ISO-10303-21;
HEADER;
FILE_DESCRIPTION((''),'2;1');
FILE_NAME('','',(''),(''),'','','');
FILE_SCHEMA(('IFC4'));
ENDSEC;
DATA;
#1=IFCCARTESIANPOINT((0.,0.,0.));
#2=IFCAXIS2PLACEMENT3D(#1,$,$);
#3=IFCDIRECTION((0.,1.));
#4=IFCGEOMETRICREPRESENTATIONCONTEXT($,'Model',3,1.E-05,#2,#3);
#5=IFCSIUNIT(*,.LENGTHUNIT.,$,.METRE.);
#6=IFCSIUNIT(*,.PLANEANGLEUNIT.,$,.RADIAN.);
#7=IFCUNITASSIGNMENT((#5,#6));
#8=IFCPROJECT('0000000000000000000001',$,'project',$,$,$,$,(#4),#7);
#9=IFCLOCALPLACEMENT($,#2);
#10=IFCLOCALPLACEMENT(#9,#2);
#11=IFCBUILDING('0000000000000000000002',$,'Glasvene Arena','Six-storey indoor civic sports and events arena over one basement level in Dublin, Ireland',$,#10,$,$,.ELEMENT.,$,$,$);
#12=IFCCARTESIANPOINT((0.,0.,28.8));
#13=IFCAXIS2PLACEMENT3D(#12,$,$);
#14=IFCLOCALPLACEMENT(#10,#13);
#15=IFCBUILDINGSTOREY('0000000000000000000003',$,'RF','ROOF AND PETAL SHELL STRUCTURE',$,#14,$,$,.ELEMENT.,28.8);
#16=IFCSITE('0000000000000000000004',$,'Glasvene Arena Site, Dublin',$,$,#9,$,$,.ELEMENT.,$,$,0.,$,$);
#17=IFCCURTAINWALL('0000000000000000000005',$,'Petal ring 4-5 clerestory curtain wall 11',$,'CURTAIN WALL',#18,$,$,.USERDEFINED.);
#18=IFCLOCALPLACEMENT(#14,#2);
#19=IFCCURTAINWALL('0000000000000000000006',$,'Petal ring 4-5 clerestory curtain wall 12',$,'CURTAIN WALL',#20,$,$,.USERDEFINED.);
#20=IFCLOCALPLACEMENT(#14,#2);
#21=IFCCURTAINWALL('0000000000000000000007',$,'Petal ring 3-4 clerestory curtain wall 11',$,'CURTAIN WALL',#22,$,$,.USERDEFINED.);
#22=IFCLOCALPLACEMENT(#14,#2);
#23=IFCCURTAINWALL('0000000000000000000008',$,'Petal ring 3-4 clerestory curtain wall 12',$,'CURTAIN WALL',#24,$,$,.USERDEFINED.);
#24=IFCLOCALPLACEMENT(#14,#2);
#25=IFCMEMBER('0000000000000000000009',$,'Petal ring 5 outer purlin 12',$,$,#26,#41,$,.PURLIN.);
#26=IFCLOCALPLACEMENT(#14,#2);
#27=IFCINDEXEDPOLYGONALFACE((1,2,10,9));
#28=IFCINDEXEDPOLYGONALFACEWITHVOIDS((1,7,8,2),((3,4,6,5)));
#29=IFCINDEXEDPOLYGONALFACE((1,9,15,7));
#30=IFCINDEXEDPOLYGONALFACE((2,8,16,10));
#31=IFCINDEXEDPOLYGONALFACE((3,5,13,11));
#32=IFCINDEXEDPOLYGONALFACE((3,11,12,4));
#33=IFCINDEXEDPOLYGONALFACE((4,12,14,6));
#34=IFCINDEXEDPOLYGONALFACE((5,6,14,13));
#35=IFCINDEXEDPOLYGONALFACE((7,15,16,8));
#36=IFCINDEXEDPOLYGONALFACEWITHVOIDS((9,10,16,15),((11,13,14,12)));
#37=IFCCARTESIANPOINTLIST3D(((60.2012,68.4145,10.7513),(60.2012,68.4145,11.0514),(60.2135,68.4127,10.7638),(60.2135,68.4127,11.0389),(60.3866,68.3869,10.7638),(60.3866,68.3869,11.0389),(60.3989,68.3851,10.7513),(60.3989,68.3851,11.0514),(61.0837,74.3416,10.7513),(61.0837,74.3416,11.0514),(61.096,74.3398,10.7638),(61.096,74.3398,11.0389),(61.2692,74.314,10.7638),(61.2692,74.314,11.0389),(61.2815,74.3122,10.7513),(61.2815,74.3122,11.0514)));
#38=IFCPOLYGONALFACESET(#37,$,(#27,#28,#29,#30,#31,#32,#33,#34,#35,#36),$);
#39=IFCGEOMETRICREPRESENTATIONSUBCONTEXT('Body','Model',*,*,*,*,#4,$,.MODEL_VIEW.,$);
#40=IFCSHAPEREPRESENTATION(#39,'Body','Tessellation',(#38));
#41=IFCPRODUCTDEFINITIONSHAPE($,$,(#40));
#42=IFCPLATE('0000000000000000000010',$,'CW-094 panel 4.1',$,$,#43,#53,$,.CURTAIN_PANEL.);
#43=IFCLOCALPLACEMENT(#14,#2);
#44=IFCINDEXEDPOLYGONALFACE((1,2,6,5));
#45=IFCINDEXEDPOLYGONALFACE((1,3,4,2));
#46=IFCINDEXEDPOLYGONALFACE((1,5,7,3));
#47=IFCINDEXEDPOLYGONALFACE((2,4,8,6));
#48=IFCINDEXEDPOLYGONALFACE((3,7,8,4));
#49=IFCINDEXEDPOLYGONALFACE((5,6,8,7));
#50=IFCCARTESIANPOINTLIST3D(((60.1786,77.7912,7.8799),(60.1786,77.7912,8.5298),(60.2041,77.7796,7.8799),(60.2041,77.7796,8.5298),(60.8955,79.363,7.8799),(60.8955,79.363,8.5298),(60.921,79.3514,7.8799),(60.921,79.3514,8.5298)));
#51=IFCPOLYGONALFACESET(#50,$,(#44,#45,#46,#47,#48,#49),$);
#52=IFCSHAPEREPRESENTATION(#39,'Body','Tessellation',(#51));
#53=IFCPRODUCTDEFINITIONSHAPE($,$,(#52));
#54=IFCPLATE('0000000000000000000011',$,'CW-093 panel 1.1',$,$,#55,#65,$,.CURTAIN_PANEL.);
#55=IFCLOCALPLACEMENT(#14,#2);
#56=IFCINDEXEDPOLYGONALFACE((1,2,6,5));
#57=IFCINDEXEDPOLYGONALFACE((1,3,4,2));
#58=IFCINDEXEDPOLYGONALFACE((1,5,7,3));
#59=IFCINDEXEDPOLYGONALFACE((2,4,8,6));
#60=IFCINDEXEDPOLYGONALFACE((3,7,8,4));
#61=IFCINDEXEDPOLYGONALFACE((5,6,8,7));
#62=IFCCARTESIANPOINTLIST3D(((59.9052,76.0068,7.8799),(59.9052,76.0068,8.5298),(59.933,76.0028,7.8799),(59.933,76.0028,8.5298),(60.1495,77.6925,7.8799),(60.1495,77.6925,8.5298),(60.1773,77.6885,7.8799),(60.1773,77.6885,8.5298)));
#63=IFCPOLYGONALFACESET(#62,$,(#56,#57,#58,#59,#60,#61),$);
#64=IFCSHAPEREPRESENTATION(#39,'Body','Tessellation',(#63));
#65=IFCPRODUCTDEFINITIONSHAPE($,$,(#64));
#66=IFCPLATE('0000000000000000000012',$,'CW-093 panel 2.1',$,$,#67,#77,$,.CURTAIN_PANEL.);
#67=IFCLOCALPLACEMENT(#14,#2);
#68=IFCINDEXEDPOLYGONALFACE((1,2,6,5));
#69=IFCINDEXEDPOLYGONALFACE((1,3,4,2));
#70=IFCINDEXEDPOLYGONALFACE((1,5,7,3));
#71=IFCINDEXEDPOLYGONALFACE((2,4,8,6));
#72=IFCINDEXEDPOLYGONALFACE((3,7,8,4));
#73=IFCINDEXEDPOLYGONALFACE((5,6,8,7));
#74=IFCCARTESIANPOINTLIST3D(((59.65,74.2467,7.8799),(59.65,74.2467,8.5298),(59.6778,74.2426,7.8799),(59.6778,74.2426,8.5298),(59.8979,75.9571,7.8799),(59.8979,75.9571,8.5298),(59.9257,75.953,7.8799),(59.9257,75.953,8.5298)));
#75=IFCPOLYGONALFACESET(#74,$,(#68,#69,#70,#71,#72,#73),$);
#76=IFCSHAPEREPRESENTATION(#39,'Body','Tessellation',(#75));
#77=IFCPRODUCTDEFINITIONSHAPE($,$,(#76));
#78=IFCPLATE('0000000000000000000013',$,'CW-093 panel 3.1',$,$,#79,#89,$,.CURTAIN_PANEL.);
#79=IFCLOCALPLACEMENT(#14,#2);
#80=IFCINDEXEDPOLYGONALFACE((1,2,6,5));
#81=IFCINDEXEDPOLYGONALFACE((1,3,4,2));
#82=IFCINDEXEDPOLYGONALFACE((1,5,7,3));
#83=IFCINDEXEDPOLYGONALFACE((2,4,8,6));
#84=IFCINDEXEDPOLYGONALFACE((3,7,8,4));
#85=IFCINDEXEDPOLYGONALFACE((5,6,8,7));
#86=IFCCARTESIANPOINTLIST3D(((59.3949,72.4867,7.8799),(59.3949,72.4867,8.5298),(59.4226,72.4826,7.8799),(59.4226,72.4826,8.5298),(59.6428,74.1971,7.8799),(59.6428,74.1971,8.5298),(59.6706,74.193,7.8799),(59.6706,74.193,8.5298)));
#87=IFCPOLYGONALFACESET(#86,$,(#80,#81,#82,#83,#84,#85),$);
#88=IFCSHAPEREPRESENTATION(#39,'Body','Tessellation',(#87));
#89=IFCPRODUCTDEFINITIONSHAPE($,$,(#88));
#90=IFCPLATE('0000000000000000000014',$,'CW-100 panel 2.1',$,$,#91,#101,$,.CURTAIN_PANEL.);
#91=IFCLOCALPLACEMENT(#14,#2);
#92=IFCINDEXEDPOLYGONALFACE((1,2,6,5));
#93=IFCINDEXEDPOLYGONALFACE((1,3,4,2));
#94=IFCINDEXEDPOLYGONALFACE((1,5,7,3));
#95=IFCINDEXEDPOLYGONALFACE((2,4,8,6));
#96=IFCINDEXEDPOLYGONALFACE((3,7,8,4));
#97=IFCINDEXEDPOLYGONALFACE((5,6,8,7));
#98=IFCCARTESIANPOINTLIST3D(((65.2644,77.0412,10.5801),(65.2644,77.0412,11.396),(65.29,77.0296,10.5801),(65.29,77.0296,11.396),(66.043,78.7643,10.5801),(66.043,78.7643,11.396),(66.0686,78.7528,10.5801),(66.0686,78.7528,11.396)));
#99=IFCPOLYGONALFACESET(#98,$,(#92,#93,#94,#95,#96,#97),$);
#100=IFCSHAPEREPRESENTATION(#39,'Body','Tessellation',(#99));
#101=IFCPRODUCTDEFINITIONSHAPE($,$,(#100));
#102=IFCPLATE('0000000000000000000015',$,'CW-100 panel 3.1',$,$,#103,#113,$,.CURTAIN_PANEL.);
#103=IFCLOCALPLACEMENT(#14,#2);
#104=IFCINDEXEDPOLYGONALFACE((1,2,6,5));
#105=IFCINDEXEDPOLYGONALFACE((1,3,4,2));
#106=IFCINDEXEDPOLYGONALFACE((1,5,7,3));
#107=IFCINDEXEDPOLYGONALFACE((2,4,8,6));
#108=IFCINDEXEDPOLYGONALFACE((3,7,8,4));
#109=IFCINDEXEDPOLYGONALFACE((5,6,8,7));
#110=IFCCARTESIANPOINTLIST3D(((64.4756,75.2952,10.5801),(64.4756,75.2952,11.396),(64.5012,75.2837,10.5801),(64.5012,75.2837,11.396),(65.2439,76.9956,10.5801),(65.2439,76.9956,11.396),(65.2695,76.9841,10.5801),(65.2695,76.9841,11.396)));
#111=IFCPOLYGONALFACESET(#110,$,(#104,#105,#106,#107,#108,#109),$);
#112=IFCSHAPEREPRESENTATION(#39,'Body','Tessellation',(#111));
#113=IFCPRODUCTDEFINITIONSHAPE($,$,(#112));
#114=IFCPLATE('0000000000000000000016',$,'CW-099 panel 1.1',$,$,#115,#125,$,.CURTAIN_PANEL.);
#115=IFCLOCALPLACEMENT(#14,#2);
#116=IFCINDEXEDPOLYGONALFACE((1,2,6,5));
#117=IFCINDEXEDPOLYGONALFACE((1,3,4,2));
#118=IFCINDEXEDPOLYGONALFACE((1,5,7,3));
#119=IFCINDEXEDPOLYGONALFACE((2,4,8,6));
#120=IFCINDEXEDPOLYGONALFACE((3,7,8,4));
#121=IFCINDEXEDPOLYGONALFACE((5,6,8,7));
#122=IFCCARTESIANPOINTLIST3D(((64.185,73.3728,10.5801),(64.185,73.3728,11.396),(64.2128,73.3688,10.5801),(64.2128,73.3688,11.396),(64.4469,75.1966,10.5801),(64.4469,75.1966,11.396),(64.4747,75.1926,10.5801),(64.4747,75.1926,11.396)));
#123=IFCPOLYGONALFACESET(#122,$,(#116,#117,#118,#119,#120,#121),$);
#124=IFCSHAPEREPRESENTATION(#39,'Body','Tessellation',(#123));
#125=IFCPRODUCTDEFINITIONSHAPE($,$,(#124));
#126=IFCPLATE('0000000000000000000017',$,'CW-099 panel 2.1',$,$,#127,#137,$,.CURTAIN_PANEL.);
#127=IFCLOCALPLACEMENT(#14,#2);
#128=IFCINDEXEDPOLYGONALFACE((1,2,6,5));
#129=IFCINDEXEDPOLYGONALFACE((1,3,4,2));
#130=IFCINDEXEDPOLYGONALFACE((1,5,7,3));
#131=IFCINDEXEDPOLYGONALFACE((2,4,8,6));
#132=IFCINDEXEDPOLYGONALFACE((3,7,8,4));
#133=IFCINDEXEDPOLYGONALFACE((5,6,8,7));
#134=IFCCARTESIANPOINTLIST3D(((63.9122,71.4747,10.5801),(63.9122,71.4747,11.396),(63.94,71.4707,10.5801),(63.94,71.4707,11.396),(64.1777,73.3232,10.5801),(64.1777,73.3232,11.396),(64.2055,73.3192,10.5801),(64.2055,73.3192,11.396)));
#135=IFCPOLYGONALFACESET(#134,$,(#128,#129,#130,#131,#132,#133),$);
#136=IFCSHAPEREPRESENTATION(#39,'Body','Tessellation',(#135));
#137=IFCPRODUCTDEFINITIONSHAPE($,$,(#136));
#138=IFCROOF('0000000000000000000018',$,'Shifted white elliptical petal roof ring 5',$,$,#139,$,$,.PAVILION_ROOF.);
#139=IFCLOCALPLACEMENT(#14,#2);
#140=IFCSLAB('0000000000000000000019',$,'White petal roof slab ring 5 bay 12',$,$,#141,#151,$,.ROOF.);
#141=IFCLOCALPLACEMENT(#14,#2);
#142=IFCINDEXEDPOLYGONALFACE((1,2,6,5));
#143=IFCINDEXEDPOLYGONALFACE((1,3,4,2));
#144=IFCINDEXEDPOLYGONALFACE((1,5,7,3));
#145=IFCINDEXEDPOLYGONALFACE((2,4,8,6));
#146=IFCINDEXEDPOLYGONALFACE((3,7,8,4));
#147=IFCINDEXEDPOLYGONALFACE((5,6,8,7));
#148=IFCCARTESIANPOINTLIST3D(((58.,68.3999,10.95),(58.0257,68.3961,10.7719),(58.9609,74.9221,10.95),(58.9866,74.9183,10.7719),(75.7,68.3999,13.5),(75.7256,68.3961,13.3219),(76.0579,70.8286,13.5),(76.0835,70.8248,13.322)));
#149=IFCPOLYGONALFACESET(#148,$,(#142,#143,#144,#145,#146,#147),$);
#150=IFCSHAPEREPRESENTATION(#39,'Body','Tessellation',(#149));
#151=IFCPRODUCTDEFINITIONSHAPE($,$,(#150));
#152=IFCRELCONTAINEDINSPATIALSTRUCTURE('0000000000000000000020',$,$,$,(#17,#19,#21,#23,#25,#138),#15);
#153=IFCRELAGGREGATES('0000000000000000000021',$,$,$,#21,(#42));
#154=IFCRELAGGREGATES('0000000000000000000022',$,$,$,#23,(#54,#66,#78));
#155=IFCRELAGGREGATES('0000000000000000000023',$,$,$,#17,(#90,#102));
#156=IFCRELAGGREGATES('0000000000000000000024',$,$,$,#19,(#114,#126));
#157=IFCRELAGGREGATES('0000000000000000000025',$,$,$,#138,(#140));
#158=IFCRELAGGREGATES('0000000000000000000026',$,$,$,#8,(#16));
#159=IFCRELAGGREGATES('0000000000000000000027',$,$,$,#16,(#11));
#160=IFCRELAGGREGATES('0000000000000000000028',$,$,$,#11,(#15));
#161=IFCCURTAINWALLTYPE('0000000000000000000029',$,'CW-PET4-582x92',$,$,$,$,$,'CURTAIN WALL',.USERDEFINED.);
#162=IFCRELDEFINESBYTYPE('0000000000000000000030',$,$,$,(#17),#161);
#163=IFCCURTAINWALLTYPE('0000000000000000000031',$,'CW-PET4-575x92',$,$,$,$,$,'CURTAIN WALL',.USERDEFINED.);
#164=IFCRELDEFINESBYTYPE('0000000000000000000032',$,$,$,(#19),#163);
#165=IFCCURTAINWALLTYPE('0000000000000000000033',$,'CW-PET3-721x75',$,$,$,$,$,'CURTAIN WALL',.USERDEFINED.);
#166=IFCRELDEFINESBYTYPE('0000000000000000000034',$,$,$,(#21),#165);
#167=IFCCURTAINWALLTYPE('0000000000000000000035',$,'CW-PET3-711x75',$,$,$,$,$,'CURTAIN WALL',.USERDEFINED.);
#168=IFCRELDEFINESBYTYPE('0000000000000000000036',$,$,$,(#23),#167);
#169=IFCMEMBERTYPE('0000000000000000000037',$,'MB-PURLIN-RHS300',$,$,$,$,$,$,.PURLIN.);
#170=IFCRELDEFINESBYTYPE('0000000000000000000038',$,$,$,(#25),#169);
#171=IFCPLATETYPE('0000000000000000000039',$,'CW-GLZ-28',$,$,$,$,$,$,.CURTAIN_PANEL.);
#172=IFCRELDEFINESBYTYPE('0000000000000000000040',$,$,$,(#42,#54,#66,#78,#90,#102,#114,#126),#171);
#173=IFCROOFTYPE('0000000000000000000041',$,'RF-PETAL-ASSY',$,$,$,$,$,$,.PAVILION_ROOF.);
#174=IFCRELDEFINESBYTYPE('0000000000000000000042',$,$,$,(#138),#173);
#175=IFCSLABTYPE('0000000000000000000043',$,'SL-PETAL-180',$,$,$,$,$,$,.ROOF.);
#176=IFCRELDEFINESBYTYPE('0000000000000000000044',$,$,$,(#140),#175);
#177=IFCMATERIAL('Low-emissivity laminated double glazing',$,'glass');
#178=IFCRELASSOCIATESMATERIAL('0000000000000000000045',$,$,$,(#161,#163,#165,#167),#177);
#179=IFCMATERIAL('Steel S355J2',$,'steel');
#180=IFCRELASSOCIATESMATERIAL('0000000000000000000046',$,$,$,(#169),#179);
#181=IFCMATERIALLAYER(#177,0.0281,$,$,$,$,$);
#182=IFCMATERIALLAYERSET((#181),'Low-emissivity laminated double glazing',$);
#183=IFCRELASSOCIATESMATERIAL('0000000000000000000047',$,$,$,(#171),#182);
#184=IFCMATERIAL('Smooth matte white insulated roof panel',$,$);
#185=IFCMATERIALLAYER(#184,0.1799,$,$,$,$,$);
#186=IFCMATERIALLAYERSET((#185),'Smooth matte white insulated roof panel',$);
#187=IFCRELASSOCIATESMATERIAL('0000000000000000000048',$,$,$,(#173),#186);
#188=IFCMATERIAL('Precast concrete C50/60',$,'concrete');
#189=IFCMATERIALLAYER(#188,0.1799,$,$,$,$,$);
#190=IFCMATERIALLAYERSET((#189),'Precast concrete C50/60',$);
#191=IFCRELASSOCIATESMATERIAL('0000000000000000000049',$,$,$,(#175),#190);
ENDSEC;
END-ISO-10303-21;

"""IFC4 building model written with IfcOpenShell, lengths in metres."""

from ifc_helpers import new_model, si_unit, direction, frame, origin, origin_2d, place, context, subcontext, project, spatial, polyline, rectangle, hollow_rectangle, outline, extrude, material, layer, layer_set, material_profile, profile_set, type_object, element, aggregate, save


model = new_model("IFC4")

# Units and contexts
model_context = context("Model", 3, precision=1e-05, world=origin(), true_north=direction((0.0, 1.0)))
body_context = subcontext(model_context, "Body", "Model", "MODEL_VIEW")
ifc_project = project(units=[si_unit("LENGTHUNIT", "METRE"), si_unit("PLANEANGLEUNIT", "RADIAN")], contexts=[model_context])

# Site, building, storey
site_placement = place(None, origin())
site = spatial("IfcSite", under=ifc_project, at=site_placement, Name="Glasvene Arena Site, Dublin", CompositionType="ELEMENT", RefElevation=0.0)
building_placement = place(site_placement, origin())
building = spatial("IfcBuilding", under=site, at=building_placement, Name="Glasvene Arena", Description="Six-storey indoor civic sports and events arena over one basement level in Dublin, Ireland", CompositionType="ELEMENT")
storey_placement = place(building_placement, frame((0.0, 0.0, 28.8)))
storey = spatial("IfcBuildingStorey", under=building, at=storey_placement, Name="RF", Description="ROOF AND PETAL SHELL STRUCTURE", CompositionType="ELEMENT", Elevation=28.8)

# Curtain walls
ifc_material_1 = material(Name="Low-emissivity laminated double glazing", Category="glass")
curtain_wall_type_1 = type_object("IfcCurtainWallType", Name="CW-PET4-582x92", ElementType="CURTAIN WALL", PredefinedType="USERDEFINED", material=ifc_material_1)
curtain_wall_1_placement = place(storey_placement, frame((66.8655, 80.55, 0.0)))
curtain_wall_1 = element("IfcCurtainWall", 1, at=curtain_wall_1_placement, inside=storey, type_object=curtain_wall_type_1, Name="Petal ring 4-5 clerestory curtain wall 11", ObjectType="CURTAIN WALL", PredefinedType="USERDEFINED")
curtain_wall_type_2 = type_object("IfcCurtainWallType", Name="CW-PET4-575x92", ElementType="CURTAIN WALL", PredefinedType="USERDEFINED", material=ifc_material_1)
curtain_wall_2_placement = place(storey_placement, frame((64.4678, 75.2439, 0.0)))
curtain_wall_2 = element("IfcCurtainWall", 2, at=curtain_wall_2_placement, inside=storey, type_object=curtain_wall_type_2, Name="Petal ring 4-5 clerestory curtain wall 12", ObjectType="CURTAIN WALL", PredefinedType="USERDEFINED")
curtain_wall_type_3 = type_object("IfcCurtainWallType", Name="CW-PET3-721x75", ElementType="CURTAIN WALL", PredefinedType="USERDEFINED", material=ifc_material_1)
curtain_wall_3_placement = place(storey_placement, frame((63.1626, 84.3, 0.0)))
curtain_wall_3 = element("IfcCurtainWall", 3, at=curtain_wall_3_placement, inside=storey, type_object=curtain_wall_type_3, Name="Petal ring 3-4 clerestory curtain wall 11", ObjectType="CURTAIN WALL", PredefinedType="USERDEFINED")
curtain_wall_type_4 = type_object("IfcCurtainWallType", Name="CW-PET3-711x75", ElementType="CURTAIN WALL", PredefinedType="USERDEFINED", material=ifc_material_1)
curtain_wall_4_placement = place(storey_placement, frame((60.1704, 77.74, 0.0)))
curtain_wall_4 = element("IfcCurtainWall", 4, at=curtain_wall_4_placement, inside=storey, type_object=curtain_wall_type_4, Name="Petal ring 3-4 clerestory curtain wall 12", ObjectType="CURTAIN WALL", PredefinedType="USERDEFINED")

# Member
ifc_material_2 = material(Name="Steel S355J2", Category="steel")
ifc_material_profile_1 = material_profile(ifc_material_2, hollow_rectangle(XDim=0.2, YDim=0.3, WallThickness=0.0125, at=origin_2d()), Name="RHS 300x200x12.5")
ifc_profile_set_1 = profile_set([ifc_material_profile_1], Name="Steel S355J2")
member_type_1 = type_object("IfcMemberType", Name="MB-PURLIN-RHS300", PredefinedType="PURLIN", material=ifc_profile_set_1)
member_1_placement = place(storey_placement, frame((61.1826, 74.3269, 10.9014), z_axis=(-0.147282, -0.989094, 0.0), x_axis=(0.989094, -0.147282, 0.0)))
element("IfcMember", 5, at=member_1_placement, inside=storey, type_object=member_type_1, Name="Petal ring 5 outer purlin 12", PredefinedType="PURLIN", context=body_context, shape_type="SweptSolid", body=[
    extrude(hollow_rectangle(XDim=0.2, YDim=0.3, WallThickness=0.0125, at=origin_2d()), origin(), (0.0, 0.0, 1.0), 5.9924),
])

# Plates
ifc_layer_1 = layer(ifc_material_1, 0.0281)
ifc_layer_set_1 = layer_set([ifc_layer_1], Name="Low-emissivity laminated double glazing")
plate_type = type_object("IfcPlateType", Name="CW-GLZ-28", PredefinedType="CURTAIN_PANEL", material=ifc_layer_set_1)
plate_1_placement = place(storey_placement, frame((60.5498, 78.5713, 7.8799), z_axis=(0.0, 0.0, 1.0), x_axis=(-0.414968, -0.909836, 0.0)))
plate_1 = element("IfcPlate", 6, at=plate_1_placement, type_object=plate_type, Name="CW-094 panel 4.1", PredefinedType="CURTAIN_PANEL", context=body_context, shape_type="SweptSolid", body=[
    extrude(rectangle(XDim=1.7275, YDim=0.0281, at=origin_2d()), origin(), (0.0, 0.0, 1.0), 0.6499),
])
aggregate(curtain_wall_3, [plate_1])
plate_2_placement = place(storey_placement, frame((60.0413, 76.8477, 7.8799), z_axis=(0.0, 0.0, 1.0), x_axis=(-0.14346, -0.989656, 0.0)))
plate_2 = element("IfcPlate", 7, at=plate_2_placement, type_object=plate_type, Name="CW-093 panel 1.1", PredefinedType="CURTAIN_PANEL", context=body_context, shape_type="SweptSolid", body=[
    extrude(rectangle(XDim=1.7034, YDim=0.0281, at=origin_2d()), origin(), (0.0, 0.0, 1.0), 0.6499),
])
plate_3_placement = place(storey_placement, frame((59.7878, 75.0999, 7.8799), z_axis=(0.0, 0.0, 1.0), x_axis=(-0.14346, -0.989656, 0.0)))
plate_3 = element("IfcPlate", 8, at=plate_3_placement, type_object=plate_type, Name="CW-093 panel 2.1", PredefinedType="CURTAIN_PANEL", context=body_context, shape_type="SweptSolid", body=[
    extrude(rectangle(XDim=1.7283, YDim=0.0281, at=origin_2d()), origin(), (0.0, 0.0, 1.0), 0.6499),
])
plate_4_placement = place(storey_placement, frame((59.5327, 73.3398, 7.8799), z_axis=(0.0, 0.0, 1.0), x_axis=(-0.14346, -0.989656, 0.0)))
plate_4 = element("IfcPlate", 9, at=plate_4_placement, type_object=plate_type, Name="CW-093 panel 3.1", PredefinedType="CURTAIN_PANEL", context=body_context, shape_type="SweptSolid", body=[
    extrude(rectangle(XDim=1.7283, YDim=0.0281, at=origin_2d()), origin(), (0.0, 0.0, 1.0), 0.6499),
])
aggregate(curtain_wall_4, [plate_2, plate_3, plate_4])
plate_5_placement = place(storey_placement, frame((65.6665, 77.897, 10.5801), z_axis=(0.0, 0.0, 1.0), x_axis=(-0.411778, -0.911284, 0.0)))
plate_5 = element("IfcPlate", 10, at=plate_5_placement, type_object=plate_type, Name="CW-100 panel 2.1", PredefinedType="CURTAIN_PANEL", context=body_context, shape_type="SweptSolid", body=[
    extrude(rectangle(XDim=1.8909, YDim=0.0281, at=origin_2d()), origin(), (0.0, 0.0, 1.0), 0.8159),
])
plate_6_placement = place(storey_placement, frame((64.8726, 76.1396, 10.5801), z_axis=(0.0, 0.0, 1.0), x_axis=(-0.411778, -0.911284, 0.0)))
plate_6 = element("IfcPlate", 11, at=plate_6_placement, type_object=plate_type, Name="CW-100 panel 3.1", PredefinedType="CURTAIN_PANEL", context=body_context, shape_type="SweptSolid", body=[
    extrude(rectangle(XDim=1.866, YDim=0.0281, at=origin_2d()), origin(), (0.0, 0.0, 1.0), 0.8159),
])
aggregate(curtain_wall_1, [plate_5, plate_6])
plate_7_placement = place(storey_placement, frame((64.3298, 74.2827, 10.5801), z_axis=(0.0, 0.0, 1.0), x_axis=(-0.142166, -0.989843, 0.0)))
plate_7 = element("IfcPlate", 12, at=plate_7_placement, type_object=plate_type, Name="CW-099 panel 1.1", PredefinedType="CURTAIN_PANEL", context=body_context, shape_type="SweptSolid", body=[
    extrude(rectangle(XDim=1.8425, YDim=0.0281, at=origin_2d()), origin(), (0.0, 0.0, 1.0), 0.8159),
])
plate_8_placement = place(storey_placement, frame((64.0588, 72.397, 10.5801), z_axis=(0.0, 0.0, 1.0), x_axis=(-0.142166, -0.989843, 0.0)))
plate_8 = element("IfcPlate", 13, at=plate_8_placement, type_object=plate_type, Name="CW-099 panel 2.1", PredefinedType="CURTAIN_PANEL", context=body_context, shape_type="SweptSolid", body=[
    extrude(rectangle(XDim=1.8674, YDim=0.0281, at=origin_2d()), origin(), (0.0, 0.0, 1.0), 0.8159),
])
aggregate(curtain_wall_2, [plate_7, plate_8])

# Roof, slab
ifc_material_3 = material(Name="Smooth matte white insulated roof panel")
ifc_layer_2 = layer(ifc_material_3, 0.1799)
ifc_layer_set_2 = layer_set([ifc_layer_2], Name="Smooth matte white insulated roof panel")
roof_type = type_object("IfcRoofType", Name="RF-PETAL-ASSY", PredefinedType="PAVILION_ROOF", material=ifc_layer_set_2)
roof_placement = place(storey_placement, frame((86.2, 68.3999, 10.95)))
roof = element("IfcRoof", 14, at=roof_placement, inside=storey, type_object=roof_type, Name="Shifted white elliptical petal roof ring 5", PredefinedType="PAVILION_ROOF")
ifc_material_4 = material(Name="Precast concrete C50/60", Category="concrete")
ifc_layer_3 = layer(ifc_material_4, 0.1799)
ifc_layer_set_3 = layer_set([ifc_layer_3], Name="Precast concrete C50/60")
slab_type = type_object("IfcSlabType", Name="SL-PETAL-180", PredefinedType="ROOF", material=ifc_layer_set_3)
slab_placement = place(storey_placement, frame((58.9609, 74.9221, 10.95), z_axis=(-0.142567, 0.021006, 0.989562), x_axis=(-0.14576, -0.98932, 0.000001)))
slab = element("IfcSlab", 15, at=slab_placement, type_object=slab_type, Name="White petal roof slab ring 5 bay 12", PredefinedType="ROOF", context=body_context, shape_type="SweptSolid", body=[
    extrude(outline(polyline([(0.0, 0.0), (6.5926, 0.0), (4.0127, 17.6956), (1.5577, 17.6957), (0.0, 0.0)])), origin(), (0.0, 0.0, -1.0), 0.1799),
])
aggregate(roof, [slab])

save(model, "model.ifc")
